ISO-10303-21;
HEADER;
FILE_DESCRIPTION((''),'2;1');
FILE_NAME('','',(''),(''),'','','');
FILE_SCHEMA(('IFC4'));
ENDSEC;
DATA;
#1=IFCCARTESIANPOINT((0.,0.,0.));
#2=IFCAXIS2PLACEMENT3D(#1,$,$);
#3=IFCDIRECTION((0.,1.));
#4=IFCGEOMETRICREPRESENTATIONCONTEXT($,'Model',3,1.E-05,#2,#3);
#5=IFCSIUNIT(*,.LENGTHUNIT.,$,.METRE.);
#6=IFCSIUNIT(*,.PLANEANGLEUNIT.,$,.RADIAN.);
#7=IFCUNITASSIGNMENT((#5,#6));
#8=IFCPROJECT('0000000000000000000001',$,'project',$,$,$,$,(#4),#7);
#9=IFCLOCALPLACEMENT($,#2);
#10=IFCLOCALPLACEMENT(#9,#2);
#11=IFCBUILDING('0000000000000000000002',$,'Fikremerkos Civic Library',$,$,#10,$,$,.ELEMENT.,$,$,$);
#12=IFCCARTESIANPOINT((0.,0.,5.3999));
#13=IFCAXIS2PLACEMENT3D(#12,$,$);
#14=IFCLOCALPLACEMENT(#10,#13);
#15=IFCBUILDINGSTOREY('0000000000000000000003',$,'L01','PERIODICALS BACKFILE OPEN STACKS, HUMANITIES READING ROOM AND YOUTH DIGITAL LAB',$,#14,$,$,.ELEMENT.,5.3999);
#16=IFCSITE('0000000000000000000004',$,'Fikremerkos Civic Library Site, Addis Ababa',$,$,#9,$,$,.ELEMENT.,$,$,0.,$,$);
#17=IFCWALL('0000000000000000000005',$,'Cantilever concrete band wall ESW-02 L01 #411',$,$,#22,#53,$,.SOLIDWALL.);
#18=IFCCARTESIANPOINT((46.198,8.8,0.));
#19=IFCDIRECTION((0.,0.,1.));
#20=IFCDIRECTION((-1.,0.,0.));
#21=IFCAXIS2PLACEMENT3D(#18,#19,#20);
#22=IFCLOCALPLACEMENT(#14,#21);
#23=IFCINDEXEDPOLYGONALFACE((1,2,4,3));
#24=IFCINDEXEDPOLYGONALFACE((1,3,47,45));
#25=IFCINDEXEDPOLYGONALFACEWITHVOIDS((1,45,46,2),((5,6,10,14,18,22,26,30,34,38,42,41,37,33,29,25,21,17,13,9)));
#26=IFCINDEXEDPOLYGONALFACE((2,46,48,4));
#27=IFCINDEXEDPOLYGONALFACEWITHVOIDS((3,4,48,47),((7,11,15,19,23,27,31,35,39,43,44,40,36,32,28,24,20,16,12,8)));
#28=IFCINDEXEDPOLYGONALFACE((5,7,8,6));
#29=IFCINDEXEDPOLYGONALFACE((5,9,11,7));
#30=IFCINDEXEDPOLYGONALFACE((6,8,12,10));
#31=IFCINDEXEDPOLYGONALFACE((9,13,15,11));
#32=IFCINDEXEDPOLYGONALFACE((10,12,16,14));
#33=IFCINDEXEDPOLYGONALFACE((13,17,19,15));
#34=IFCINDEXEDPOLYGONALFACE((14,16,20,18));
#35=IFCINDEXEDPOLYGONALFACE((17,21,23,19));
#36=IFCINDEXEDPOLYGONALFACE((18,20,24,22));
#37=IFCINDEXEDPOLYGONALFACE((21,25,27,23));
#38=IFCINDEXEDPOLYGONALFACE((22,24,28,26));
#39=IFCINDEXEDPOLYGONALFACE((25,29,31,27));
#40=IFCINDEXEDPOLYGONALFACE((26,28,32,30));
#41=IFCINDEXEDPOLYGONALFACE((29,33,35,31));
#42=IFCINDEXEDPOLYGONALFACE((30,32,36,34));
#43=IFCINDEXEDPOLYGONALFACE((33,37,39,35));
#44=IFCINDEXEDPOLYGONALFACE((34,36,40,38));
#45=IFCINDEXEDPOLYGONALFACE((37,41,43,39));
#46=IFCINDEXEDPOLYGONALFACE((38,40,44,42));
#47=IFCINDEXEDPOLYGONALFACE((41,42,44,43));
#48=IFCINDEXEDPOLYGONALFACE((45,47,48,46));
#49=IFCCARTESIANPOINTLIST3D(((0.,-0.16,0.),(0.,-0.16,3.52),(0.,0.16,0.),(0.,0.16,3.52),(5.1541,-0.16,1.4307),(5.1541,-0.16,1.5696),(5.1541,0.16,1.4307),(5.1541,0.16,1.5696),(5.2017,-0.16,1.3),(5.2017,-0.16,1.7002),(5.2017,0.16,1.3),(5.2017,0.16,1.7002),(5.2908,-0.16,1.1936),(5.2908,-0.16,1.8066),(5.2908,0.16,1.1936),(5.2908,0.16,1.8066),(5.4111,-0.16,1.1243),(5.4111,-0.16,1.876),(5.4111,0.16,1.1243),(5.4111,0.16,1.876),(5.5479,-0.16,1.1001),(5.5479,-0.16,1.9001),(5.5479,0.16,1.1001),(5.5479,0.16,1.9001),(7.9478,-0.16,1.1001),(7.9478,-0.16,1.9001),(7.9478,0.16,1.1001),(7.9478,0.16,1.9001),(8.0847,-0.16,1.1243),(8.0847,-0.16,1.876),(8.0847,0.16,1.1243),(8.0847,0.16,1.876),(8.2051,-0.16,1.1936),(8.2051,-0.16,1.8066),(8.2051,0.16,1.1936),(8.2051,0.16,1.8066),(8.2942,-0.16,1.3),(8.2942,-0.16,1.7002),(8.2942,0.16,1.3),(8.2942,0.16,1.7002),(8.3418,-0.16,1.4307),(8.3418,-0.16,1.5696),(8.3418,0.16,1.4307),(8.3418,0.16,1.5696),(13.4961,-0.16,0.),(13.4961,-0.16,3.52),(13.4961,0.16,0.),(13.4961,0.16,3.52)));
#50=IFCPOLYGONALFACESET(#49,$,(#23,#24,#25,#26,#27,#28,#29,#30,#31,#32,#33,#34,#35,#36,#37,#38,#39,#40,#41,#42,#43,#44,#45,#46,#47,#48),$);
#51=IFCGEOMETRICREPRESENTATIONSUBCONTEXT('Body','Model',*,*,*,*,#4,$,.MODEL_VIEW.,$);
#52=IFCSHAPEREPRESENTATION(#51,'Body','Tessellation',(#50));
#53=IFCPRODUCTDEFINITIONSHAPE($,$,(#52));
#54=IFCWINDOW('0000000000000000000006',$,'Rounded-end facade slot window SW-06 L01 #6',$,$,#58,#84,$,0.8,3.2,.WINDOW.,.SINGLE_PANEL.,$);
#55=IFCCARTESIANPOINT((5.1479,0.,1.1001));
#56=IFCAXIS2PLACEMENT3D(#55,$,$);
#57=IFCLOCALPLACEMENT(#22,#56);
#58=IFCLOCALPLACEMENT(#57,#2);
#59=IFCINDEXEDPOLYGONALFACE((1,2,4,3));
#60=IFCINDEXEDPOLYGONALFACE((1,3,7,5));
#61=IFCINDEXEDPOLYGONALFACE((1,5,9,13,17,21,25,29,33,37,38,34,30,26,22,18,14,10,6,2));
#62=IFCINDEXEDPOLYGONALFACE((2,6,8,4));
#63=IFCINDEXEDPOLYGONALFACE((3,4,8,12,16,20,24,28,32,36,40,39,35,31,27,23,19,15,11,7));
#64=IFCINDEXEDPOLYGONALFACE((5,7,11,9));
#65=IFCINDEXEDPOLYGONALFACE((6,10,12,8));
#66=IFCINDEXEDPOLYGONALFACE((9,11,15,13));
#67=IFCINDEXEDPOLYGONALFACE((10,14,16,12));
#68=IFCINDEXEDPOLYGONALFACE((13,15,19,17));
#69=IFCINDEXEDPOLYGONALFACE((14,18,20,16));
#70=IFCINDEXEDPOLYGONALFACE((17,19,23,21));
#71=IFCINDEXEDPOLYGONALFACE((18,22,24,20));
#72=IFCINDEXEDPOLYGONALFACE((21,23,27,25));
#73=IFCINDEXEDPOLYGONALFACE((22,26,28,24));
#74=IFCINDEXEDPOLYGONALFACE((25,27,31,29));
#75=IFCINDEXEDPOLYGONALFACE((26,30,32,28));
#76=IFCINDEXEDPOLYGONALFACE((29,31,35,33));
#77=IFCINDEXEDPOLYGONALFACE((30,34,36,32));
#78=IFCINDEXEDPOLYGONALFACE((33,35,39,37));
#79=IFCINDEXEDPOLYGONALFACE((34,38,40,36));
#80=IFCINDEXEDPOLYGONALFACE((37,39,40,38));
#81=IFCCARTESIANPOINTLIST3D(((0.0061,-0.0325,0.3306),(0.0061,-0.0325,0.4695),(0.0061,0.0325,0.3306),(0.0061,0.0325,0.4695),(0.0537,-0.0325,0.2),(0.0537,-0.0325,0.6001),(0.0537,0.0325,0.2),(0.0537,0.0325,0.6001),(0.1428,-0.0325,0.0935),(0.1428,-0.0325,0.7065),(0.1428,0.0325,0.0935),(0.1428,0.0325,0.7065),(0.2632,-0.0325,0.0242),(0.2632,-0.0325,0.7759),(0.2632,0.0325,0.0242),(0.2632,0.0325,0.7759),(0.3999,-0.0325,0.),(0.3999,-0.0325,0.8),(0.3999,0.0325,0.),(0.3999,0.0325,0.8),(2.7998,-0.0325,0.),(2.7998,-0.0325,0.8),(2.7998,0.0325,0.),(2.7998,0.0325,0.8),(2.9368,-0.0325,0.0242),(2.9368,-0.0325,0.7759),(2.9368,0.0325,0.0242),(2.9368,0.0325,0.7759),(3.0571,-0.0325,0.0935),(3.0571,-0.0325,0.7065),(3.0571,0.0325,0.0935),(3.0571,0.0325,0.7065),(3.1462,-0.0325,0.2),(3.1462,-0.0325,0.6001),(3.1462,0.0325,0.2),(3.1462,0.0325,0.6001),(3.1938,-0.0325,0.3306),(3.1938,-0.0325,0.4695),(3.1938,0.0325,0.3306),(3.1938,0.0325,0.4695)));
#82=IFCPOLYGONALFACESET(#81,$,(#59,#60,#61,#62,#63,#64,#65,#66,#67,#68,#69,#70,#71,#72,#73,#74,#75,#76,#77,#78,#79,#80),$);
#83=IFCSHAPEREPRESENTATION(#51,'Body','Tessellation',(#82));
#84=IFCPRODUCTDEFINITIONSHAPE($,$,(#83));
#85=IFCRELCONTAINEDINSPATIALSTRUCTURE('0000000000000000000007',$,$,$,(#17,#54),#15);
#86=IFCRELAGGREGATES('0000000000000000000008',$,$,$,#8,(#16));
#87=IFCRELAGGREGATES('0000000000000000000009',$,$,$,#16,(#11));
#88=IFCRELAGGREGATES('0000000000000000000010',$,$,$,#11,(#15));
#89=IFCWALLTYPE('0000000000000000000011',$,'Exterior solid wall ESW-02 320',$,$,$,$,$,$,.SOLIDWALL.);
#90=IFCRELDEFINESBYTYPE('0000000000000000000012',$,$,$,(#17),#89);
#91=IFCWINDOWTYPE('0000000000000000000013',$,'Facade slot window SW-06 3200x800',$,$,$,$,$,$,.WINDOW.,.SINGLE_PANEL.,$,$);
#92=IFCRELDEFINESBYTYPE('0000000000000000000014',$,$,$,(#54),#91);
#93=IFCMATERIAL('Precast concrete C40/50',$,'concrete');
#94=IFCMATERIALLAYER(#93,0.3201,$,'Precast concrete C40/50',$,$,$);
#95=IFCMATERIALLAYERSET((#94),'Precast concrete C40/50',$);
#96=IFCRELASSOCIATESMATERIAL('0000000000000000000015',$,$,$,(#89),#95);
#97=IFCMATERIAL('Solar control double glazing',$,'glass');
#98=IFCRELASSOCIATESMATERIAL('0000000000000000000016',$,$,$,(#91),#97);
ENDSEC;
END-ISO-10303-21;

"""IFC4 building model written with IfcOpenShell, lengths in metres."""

from ifc_helpers import new_model, si_unit, direction, frame, frame_2d, origin, place, context, subcontext, project, spatial, polyline, rectangle, outline, extrude, material, layer, layer_set, type_object, element, fill, save


model = new_model("IFC4")

# Units and contexts
model_context = context("Model", 3, precision=1e-05, world=origin(), true_north=direction((0.0, 1.0)))
body_context = subcontext(model_context, "Body", "Model", "MODEL_VIEW")
ifc_project = project(units=[si_unit("LENGTHUNIT", "METRE"), si_unit("PLANEANGLEUNIT", "RADIAN")], contexts=[model_context])

# Site, building, storey
site_placement = place(None, origin())
site = spatial("IfcSite", under=ifc_project, at=site_placement, Name="Fikremerkos Civic Library Site, Addis Ababa", CompositionType="ELEMENT", RefElevation=0.0)
building_placement = place(site_placement, origin())
building = spatial("IfcBuilding", under=site, at=building_placement, Name="Fikremerkos Civic Library", CompositionType="ELEMENT")
storey_placement = place(building_placement, frame((0.0, 0.0, 5.3999)))
storey = spatial("IfcBuildingStorey", under=building, at=storey_placement, Name="L01", Description="PERIODICALS BACKFILE OPEN STACKS, HUMANITIES READING ROOM AND YOUTH DIGITAL LAB", CompositionType="ELEMENT", Elevation=5.3999)

# Wall, opening, window
ifc_material_1 = material(Name="Precast concrete C40/50", Category="concrete")
ifc_layer_1 = layer(ifc_material_1, 0.3201, Name="Precast concrete C40/50")
ifc_layer_set_1 = layer_set([ifc_layer_1], Name="Precast concrete C40/50")
wall_type = type_object("IfcWallType", Name="Exterior solid wall ESW-02 320", PredefinedType="SOLIDWALL", material=ifc_layer_set_1)
wall_placement = place(storey_placement, frame((46.198, 8.8, 0.0), z_axis=(0.0, 0.0, 1.0), x_axis=(-1.0, 0.0, 0.0)))
wall = element("IfcWall", 1, at=wall_placement, inside=storey, type_object=wall_type, Name="Cantilever concrete band wall ESW-02 L01 #411", PredefinedType="SOLIDWALL", context=body_context, shape_type="SweptSolid", body=[
    extrude(rectangle(XDim=13.4961, YDim=0.3201, at=frame_2d((6.748, 0.0))), origin(), (0.0, 0.0, 1.0), 3.52),
])
opening_placement = place(wall_placement, frame((5.1479, 0.0, 1.1001)))
opening = element("IfcOpeningElement", 2, at=opening_placement, cuts=wall, PredefinedType="OPENING", context=body_context, shape_type="SweptSolid", body=[
    extrude(outline(polyline([(0.3999, 0.8), (0.2632, 0.7759), (0.1428, 0.7065), (0.0537, 0.6001), (0.0061, 0.4695), (0.0061, 0.3306), (0.0537, 0.2), (0.1428, 0.0935), (0.2632, 0.0242), (0.3999, 0.0), (2.7998, 0.0), (2.9368, 0.0242), (3.0571, 0.0935), (3.1462, 0.2), (3.1938, 0.3306), (3.1938, 0.4695), (3.1462, 0.6001), (3.0571, 0.7065), (2.9368, 0.7759), (2.7998, 0.8), (0.3999, 0.8)])), frame((0.0, 0.1699, 0.0), z_axis=(0.0, -1.0, 0.0), x_axis=(1.0, 0.0, 0.0)), (0.0, 0.0, 1.0), 0.3401),
])
ifc_material_2 = material(Name="Solar control double glazing", Category="glass")
window_type = type_object("IfcWindowType", Name="Facade slot window SW-06 3200x800", PartitioningType="SINGLE_PANEL", PredefinedType="WINDOW", material=ifc_material_2)
window_placement = place(opening_placement, origin())
window = element("IfcWindow", 3, at=window_placement, inside=storey, type_object=window_type, Name="Rounded-end facade slot window SW-06 L01 #6", OverallHeight=0.8, OverallWidth=3.2, PartitioningType="SINGLE_PANEL", PredefinedType="WINDOW", context=body_context, shape_type="SweptSolid", body=[
    extrude(outline(polyline([(0.3999, 0.8), (0.2632, 0.7759), (0.1428, 0.7065), (0.0537, 0.6001), (0.0061, 0.4695), (0.0061, 0.3306), (0.0537, 0.2), (0.1428, 0.0935), (0.2632, 0.0242), (0.3999, 0.0), (2.7998, 0.0), (2.9368, 0.0242), (3.0571, 0.0935), (3.1462, 0.2), (3.1938, 0.3306), (3.1938, 0.4695), (3.1462, 0.6001), (3.0571, 0.7065), (2.9368, 0.7759), (2.7998, 0.8), (0.3999, 0.8)])), frame((0.0, 0.0325, 0.0), z_axis=(0.0, -1.0, 0.0), x_axis=(1.0, 0.0, 0.0)), (0.0, 0.0, 1.0), 0.0649),
])
fill(opening, window)

save(model, "model.ifc")
